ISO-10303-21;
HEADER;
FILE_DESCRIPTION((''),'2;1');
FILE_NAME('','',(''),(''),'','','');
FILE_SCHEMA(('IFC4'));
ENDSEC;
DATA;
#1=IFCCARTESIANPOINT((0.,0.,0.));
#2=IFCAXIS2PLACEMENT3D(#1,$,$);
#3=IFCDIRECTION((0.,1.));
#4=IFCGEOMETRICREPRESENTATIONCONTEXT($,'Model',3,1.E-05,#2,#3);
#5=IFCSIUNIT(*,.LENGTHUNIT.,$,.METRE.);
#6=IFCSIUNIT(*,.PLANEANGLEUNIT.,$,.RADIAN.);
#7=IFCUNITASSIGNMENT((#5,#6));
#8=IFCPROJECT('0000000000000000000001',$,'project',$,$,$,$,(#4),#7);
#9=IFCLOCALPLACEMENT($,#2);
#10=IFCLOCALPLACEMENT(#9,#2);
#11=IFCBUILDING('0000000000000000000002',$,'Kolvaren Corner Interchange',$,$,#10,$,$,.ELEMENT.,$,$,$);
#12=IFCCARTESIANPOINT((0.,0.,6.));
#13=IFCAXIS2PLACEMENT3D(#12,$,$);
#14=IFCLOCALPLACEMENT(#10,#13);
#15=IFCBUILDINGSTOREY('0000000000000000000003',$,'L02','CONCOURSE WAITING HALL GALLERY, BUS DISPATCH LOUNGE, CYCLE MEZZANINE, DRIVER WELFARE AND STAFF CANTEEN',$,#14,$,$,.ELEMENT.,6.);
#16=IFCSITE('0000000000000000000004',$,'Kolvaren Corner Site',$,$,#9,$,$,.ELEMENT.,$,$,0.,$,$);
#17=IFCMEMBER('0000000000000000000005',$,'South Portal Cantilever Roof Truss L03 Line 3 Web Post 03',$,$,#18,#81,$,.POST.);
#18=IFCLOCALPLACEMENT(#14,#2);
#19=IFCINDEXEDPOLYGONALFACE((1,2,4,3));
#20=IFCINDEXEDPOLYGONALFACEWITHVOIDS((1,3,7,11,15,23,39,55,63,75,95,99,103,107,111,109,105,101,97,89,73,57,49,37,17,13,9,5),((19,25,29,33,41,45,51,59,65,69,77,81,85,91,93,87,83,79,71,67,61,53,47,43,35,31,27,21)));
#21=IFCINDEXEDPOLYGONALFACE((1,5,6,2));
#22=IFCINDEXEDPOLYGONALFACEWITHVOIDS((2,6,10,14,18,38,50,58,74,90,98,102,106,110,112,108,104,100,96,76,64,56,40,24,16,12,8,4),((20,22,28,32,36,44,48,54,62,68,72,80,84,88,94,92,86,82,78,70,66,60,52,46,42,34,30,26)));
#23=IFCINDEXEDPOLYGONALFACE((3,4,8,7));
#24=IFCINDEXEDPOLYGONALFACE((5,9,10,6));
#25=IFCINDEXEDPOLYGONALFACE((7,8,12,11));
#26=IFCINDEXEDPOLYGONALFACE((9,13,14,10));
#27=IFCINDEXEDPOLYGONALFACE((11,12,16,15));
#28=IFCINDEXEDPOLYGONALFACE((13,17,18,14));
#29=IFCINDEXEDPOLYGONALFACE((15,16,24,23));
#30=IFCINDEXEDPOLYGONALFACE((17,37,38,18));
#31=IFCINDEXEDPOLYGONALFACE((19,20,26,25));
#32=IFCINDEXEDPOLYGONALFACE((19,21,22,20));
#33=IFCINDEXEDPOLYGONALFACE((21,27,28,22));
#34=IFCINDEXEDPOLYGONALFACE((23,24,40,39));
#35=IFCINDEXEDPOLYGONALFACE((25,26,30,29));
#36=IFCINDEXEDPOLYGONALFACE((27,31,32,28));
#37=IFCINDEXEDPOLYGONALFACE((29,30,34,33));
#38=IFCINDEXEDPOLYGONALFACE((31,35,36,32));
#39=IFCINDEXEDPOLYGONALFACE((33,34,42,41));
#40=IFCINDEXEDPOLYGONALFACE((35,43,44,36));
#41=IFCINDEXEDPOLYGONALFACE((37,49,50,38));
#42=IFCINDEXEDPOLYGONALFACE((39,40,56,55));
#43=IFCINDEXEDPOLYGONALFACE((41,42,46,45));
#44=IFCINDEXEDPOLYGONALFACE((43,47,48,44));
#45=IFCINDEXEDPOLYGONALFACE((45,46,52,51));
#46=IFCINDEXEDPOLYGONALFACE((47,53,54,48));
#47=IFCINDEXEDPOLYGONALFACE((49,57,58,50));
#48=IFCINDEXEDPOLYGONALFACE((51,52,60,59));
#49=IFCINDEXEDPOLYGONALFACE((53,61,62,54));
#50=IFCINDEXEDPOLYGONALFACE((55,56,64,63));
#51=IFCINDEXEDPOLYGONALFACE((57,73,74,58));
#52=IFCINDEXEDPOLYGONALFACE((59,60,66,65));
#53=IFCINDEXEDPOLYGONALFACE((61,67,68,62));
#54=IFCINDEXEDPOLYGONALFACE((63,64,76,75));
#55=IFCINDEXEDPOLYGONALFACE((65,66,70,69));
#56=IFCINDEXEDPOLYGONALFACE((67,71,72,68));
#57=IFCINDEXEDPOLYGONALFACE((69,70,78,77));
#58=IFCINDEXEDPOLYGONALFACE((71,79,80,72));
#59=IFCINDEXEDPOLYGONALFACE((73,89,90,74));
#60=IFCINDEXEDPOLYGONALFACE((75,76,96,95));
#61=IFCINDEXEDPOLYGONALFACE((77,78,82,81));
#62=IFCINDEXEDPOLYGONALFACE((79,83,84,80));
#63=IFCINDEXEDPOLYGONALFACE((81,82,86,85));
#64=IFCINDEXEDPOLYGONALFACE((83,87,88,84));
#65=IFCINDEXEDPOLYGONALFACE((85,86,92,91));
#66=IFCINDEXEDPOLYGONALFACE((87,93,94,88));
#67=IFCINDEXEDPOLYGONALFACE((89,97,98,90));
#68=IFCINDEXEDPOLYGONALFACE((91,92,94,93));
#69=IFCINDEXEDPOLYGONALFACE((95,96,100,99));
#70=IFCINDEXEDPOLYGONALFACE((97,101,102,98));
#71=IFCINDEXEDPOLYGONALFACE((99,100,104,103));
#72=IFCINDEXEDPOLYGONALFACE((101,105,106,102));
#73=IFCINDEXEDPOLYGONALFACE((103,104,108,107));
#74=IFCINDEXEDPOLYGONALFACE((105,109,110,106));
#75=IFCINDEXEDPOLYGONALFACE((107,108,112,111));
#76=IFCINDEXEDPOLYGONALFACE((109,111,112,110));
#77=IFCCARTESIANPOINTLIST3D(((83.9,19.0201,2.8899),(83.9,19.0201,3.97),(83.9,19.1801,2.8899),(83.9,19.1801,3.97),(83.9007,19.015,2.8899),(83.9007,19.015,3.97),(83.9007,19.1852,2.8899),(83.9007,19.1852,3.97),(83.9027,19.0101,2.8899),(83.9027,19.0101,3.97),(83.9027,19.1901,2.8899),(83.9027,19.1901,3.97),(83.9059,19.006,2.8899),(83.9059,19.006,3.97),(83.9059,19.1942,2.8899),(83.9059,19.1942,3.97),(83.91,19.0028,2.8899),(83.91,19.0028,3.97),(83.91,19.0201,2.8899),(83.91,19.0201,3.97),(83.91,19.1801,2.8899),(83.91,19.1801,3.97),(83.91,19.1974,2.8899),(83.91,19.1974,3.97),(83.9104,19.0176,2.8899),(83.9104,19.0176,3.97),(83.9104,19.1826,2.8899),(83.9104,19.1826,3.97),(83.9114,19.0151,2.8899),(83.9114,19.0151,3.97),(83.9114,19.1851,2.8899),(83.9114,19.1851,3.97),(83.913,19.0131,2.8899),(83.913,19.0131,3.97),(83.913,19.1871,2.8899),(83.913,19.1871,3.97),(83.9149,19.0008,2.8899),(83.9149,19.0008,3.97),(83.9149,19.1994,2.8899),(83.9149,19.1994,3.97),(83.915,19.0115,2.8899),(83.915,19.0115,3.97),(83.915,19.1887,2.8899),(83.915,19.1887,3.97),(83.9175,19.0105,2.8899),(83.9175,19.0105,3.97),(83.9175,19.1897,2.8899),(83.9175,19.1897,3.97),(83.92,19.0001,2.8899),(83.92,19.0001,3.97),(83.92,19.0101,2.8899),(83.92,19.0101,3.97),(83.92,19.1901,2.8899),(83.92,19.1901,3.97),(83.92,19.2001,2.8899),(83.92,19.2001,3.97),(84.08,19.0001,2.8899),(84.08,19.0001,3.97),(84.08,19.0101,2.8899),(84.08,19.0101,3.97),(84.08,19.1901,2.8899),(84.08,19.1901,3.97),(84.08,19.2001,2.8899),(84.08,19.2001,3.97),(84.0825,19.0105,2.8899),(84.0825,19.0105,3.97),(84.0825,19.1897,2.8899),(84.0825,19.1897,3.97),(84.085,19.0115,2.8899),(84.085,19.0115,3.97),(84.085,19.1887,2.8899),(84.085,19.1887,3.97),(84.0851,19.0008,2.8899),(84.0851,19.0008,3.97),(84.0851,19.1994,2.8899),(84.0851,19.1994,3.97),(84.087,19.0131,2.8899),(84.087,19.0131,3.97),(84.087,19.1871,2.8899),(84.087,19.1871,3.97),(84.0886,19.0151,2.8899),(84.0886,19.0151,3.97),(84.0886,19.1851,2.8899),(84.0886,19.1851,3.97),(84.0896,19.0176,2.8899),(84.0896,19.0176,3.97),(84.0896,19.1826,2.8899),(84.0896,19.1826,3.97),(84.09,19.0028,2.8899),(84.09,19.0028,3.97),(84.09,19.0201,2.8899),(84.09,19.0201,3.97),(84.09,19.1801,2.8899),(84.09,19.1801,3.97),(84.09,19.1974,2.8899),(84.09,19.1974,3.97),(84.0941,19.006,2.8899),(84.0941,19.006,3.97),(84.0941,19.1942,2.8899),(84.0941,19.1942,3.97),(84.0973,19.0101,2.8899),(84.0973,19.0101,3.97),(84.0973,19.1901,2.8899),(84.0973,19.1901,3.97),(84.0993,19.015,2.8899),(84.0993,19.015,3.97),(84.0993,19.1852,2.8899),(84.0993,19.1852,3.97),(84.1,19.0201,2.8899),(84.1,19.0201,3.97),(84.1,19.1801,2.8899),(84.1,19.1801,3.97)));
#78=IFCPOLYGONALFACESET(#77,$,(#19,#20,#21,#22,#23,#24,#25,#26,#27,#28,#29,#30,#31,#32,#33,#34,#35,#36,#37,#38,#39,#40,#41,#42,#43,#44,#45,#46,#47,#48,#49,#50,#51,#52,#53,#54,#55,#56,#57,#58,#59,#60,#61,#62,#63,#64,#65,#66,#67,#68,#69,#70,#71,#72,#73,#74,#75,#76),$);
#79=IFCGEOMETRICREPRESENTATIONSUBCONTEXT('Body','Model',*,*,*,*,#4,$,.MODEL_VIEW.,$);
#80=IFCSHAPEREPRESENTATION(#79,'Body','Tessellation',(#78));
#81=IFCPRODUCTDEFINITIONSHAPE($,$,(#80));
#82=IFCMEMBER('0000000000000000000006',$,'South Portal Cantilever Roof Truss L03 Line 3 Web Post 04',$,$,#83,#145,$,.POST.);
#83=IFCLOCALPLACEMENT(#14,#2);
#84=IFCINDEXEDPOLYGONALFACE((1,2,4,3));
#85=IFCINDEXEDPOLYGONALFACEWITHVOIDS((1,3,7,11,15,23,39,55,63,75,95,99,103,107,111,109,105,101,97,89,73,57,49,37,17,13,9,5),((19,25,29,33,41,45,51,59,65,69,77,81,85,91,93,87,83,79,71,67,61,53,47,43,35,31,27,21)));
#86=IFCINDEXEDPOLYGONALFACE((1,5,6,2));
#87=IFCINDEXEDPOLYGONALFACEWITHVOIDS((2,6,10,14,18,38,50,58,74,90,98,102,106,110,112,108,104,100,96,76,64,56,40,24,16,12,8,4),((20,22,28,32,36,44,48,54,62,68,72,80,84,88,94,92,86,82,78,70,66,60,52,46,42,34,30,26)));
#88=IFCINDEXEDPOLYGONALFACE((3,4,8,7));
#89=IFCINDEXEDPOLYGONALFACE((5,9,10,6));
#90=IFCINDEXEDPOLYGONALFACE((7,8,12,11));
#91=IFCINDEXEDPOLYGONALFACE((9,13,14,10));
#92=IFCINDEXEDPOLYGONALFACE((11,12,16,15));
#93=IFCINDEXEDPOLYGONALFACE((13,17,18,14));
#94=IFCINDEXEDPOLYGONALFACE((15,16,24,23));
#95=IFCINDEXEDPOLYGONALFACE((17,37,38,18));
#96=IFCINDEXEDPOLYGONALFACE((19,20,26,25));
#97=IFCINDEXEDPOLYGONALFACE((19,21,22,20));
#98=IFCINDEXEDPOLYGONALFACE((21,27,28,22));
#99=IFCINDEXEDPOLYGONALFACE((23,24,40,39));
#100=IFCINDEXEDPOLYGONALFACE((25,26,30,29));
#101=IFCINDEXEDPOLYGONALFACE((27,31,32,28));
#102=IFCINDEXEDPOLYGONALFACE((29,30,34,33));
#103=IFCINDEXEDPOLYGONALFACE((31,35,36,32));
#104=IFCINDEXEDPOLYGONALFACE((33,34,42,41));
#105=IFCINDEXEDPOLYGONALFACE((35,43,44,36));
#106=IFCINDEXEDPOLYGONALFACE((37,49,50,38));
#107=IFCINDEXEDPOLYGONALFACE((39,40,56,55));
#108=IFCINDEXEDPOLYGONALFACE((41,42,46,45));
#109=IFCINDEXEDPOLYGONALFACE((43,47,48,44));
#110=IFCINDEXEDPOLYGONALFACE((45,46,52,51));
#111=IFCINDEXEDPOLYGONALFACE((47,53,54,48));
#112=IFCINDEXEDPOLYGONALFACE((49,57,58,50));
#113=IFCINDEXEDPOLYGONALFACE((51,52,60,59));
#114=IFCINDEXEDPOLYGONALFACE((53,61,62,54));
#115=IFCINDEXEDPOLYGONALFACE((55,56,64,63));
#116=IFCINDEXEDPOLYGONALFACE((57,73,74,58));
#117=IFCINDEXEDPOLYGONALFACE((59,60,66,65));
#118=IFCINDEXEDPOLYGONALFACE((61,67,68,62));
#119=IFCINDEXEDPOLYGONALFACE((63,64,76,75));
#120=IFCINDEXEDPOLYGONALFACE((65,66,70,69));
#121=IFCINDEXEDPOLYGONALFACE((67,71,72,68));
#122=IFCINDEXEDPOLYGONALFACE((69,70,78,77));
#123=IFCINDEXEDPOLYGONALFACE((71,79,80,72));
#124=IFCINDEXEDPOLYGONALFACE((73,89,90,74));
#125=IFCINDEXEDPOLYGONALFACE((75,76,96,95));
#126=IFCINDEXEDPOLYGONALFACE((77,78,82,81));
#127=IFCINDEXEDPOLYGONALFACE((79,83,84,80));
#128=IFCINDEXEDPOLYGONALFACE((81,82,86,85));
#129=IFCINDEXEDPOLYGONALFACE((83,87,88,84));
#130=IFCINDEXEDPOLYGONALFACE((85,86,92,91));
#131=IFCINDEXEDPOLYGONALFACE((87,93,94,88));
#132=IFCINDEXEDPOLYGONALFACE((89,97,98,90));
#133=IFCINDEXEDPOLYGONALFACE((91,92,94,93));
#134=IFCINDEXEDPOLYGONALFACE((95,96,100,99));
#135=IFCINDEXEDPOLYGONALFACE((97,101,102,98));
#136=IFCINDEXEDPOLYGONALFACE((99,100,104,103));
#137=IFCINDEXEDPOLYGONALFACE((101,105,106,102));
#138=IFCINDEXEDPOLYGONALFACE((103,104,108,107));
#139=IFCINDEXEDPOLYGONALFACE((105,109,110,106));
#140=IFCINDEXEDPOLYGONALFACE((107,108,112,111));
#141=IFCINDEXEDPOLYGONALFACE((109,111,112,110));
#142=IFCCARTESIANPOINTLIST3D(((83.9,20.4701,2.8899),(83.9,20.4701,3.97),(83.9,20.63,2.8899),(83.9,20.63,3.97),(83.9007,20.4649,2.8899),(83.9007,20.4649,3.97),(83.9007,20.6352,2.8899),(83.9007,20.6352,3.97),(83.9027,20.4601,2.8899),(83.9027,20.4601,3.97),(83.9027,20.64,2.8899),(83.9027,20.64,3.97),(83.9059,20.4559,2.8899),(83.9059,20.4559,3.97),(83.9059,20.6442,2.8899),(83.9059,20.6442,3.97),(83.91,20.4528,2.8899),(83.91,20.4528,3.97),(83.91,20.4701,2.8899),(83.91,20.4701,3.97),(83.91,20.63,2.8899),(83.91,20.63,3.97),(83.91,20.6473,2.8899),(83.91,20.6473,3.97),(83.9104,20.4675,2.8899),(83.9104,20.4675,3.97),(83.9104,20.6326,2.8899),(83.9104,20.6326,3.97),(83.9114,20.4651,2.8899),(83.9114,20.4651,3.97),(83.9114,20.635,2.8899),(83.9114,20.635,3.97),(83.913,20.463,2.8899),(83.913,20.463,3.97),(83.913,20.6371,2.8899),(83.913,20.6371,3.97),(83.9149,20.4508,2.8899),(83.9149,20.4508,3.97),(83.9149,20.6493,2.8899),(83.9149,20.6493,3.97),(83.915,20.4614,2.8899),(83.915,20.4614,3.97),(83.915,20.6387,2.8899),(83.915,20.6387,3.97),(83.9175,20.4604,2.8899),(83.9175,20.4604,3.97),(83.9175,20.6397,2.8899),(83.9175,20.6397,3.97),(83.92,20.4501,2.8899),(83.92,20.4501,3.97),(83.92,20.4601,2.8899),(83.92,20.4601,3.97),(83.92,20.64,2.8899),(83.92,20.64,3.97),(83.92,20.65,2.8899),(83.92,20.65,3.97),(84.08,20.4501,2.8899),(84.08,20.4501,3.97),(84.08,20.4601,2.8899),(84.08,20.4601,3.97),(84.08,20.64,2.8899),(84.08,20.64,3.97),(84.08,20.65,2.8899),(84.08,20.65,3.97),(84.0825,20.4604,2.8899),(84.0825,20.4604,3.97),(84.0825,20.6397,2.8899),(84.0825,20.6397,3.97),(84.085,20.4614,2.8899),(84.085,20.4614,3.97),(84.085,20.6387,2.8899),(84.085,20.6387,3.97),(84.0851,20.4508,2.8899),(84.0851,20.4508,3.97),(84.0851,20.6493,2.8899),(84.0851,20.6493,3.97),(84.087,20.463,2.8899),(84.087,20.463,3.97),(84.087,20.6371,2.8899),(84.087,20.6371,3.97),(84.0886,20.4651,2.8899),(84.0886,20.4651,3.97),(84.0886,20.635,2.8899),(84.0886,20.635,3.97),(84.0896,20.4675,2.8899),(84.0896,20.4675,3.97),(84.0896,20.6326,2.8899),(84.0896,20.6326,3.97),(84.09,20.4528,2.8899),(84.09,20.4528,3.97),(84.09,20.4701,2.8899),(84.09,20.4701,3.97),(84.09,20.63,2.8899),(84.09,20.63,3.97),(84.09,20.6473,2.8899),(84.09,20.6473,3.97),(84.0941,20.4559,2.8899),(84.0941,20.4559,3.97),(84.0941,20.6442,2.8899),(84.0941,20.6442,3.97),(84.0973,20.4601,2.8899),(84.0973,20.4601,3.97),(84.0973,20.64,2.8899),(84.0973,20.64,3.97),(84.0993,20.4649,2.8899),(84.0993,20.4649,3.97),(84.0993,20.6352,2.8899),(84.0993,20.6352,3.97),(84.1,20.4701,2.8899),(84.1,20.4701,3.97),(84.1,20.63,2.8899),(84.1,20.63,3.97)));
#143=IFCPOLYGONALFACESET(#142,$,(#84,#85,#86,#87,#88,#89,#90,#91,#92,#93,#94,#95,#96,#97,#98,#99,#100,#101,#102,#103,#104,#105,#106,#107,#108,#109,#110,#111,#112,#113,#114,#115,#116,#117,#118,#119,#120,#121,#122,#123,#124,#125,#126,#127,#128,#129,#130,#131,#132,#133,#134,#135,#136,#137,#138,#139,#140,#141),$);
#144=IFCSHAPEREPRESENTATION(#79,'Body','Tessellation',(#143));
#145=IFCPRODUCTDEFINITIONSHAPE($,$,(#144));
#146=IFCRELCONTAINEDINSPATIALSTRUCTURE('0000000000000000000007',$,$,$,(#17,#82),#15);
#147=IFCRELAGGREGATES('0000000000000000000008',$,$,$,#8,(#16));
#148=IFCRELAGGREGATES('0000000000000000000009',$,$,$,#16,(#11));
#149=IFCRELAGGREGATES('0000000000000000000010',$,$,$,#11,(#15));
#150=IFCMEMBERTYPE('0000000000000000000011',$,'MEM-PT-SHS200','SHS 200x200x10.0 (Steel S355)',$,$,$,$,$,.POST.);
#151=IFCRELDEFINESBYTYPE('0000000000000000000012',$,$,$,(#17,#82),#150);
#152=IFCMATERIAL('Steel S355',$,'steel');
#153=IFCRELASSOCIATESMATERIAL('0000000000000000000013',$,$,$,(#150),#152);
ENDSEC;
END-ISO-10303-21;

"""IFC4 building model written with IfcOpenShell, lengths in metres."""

from ifc_helpers import new_model, si_unit, direction, frame, origin, origin_2d, place, context, subcontext, project, spatial, hollow_rectangle, extrude, material, material_profile, profile_set, type_object, element, save


model = new_model("IFC4")

# Units and contexts
model_context = context("Model", 3, precision=1e-05, world=origin(), true_north=direction((0.0, 1.0)))
body_context = subcontext(model_context, "Body", "Model", "MODEL_VIEW")
ifc_project = project(units=[si_unit("LENGTHUNIT", "METRE"), si_unit("PLANEANGLEUNIT", "RADIAN")], contexts=[model_context])

# Site, building, storey
site_placement = place(None, origin())
site = spatial("IfcSite", under=ifc_project, at=site_placement, Name="Kolvaren Corner Site", CompositionType="ELEMENT", RefElevation=0.0)
building_placement = place(site_placement, origin())
building = spatial("IfcBuilding", under=site, at=building_placement, Name="Kolvaren Corner Interchange", CompositionType="ELEMENT")
storey_placement = place(building_placement, frame((0.0, 0.0, 6.0)))
storey = spatial("IfcBuildingStorey", under=building, at=storey_placement, Name="L02", Description="CONCOURSE WAITING HALL GALLERY, BUS DISPATCH LOUNGE, CYCLE MEZZANINE, DRIVER WELFARE AND STAFF CANTEEN", CompositionType="ELEMENT", Elevation=6.0)

# Members
ifc_material_1 = material(Name="Steel S355", Category="steel")
ifc_material_profile_1 = material_profile(ifc_material_1, hollow_rectangle(XDim=0.2, YDim=0.2, WallThickness=0.01, InnerFilletRadius=0.01, OuterFilletRadius=0.02, at=origin_2d()), Name="SHS 200x200x10.0")
ifc_profile_set_1 = profile_set([ifc_material_profile_1], Name="Steel S355")
member_type_1 = type_object("IfcMemberType", Name="MEM-PT-SHS200", Description="SHS 200x200x10.0 (Steel S355)", PredefinedType="POST", material=ifc_profile_set_1)
for number, where, z_axis, x_axis, name in (
    (1, (84.0, 19.1001, 2.8899), (0.0, 0.0, 1.0), (1.0, 0.0, 0.0), "South Portal Cantilever Roof Truss L03 Line 3 Web Post 03"),
    (2, (84.0, 20.55, 2.8899), (0.0, 0.0, 1.0), (1.0, 0.0, 0.0), "South Portal Cantilever Roof Truss L03 Line 3 Web Post 04"),
):
    element("IfcMember", number, at=place(storey_placement, frame(where, z_axis=z_axis, x_axis=x_axis)), inside=storey, type_object=member_type_1, Name=name, PredefinedType="POST", context=body_context, shape_type="SweptSolid", body=[
        extrude(hollow_rectangle(XDim=0.2, YDim=0.2, WallThickness=0.01, InnerFilletRadius=0.01, OuterFilletRadius=0.02, at=origin_2d()), origin(), (0.0, 0.0, 1.0), 1.0801),
    ])

save(model, "model.ifc")
